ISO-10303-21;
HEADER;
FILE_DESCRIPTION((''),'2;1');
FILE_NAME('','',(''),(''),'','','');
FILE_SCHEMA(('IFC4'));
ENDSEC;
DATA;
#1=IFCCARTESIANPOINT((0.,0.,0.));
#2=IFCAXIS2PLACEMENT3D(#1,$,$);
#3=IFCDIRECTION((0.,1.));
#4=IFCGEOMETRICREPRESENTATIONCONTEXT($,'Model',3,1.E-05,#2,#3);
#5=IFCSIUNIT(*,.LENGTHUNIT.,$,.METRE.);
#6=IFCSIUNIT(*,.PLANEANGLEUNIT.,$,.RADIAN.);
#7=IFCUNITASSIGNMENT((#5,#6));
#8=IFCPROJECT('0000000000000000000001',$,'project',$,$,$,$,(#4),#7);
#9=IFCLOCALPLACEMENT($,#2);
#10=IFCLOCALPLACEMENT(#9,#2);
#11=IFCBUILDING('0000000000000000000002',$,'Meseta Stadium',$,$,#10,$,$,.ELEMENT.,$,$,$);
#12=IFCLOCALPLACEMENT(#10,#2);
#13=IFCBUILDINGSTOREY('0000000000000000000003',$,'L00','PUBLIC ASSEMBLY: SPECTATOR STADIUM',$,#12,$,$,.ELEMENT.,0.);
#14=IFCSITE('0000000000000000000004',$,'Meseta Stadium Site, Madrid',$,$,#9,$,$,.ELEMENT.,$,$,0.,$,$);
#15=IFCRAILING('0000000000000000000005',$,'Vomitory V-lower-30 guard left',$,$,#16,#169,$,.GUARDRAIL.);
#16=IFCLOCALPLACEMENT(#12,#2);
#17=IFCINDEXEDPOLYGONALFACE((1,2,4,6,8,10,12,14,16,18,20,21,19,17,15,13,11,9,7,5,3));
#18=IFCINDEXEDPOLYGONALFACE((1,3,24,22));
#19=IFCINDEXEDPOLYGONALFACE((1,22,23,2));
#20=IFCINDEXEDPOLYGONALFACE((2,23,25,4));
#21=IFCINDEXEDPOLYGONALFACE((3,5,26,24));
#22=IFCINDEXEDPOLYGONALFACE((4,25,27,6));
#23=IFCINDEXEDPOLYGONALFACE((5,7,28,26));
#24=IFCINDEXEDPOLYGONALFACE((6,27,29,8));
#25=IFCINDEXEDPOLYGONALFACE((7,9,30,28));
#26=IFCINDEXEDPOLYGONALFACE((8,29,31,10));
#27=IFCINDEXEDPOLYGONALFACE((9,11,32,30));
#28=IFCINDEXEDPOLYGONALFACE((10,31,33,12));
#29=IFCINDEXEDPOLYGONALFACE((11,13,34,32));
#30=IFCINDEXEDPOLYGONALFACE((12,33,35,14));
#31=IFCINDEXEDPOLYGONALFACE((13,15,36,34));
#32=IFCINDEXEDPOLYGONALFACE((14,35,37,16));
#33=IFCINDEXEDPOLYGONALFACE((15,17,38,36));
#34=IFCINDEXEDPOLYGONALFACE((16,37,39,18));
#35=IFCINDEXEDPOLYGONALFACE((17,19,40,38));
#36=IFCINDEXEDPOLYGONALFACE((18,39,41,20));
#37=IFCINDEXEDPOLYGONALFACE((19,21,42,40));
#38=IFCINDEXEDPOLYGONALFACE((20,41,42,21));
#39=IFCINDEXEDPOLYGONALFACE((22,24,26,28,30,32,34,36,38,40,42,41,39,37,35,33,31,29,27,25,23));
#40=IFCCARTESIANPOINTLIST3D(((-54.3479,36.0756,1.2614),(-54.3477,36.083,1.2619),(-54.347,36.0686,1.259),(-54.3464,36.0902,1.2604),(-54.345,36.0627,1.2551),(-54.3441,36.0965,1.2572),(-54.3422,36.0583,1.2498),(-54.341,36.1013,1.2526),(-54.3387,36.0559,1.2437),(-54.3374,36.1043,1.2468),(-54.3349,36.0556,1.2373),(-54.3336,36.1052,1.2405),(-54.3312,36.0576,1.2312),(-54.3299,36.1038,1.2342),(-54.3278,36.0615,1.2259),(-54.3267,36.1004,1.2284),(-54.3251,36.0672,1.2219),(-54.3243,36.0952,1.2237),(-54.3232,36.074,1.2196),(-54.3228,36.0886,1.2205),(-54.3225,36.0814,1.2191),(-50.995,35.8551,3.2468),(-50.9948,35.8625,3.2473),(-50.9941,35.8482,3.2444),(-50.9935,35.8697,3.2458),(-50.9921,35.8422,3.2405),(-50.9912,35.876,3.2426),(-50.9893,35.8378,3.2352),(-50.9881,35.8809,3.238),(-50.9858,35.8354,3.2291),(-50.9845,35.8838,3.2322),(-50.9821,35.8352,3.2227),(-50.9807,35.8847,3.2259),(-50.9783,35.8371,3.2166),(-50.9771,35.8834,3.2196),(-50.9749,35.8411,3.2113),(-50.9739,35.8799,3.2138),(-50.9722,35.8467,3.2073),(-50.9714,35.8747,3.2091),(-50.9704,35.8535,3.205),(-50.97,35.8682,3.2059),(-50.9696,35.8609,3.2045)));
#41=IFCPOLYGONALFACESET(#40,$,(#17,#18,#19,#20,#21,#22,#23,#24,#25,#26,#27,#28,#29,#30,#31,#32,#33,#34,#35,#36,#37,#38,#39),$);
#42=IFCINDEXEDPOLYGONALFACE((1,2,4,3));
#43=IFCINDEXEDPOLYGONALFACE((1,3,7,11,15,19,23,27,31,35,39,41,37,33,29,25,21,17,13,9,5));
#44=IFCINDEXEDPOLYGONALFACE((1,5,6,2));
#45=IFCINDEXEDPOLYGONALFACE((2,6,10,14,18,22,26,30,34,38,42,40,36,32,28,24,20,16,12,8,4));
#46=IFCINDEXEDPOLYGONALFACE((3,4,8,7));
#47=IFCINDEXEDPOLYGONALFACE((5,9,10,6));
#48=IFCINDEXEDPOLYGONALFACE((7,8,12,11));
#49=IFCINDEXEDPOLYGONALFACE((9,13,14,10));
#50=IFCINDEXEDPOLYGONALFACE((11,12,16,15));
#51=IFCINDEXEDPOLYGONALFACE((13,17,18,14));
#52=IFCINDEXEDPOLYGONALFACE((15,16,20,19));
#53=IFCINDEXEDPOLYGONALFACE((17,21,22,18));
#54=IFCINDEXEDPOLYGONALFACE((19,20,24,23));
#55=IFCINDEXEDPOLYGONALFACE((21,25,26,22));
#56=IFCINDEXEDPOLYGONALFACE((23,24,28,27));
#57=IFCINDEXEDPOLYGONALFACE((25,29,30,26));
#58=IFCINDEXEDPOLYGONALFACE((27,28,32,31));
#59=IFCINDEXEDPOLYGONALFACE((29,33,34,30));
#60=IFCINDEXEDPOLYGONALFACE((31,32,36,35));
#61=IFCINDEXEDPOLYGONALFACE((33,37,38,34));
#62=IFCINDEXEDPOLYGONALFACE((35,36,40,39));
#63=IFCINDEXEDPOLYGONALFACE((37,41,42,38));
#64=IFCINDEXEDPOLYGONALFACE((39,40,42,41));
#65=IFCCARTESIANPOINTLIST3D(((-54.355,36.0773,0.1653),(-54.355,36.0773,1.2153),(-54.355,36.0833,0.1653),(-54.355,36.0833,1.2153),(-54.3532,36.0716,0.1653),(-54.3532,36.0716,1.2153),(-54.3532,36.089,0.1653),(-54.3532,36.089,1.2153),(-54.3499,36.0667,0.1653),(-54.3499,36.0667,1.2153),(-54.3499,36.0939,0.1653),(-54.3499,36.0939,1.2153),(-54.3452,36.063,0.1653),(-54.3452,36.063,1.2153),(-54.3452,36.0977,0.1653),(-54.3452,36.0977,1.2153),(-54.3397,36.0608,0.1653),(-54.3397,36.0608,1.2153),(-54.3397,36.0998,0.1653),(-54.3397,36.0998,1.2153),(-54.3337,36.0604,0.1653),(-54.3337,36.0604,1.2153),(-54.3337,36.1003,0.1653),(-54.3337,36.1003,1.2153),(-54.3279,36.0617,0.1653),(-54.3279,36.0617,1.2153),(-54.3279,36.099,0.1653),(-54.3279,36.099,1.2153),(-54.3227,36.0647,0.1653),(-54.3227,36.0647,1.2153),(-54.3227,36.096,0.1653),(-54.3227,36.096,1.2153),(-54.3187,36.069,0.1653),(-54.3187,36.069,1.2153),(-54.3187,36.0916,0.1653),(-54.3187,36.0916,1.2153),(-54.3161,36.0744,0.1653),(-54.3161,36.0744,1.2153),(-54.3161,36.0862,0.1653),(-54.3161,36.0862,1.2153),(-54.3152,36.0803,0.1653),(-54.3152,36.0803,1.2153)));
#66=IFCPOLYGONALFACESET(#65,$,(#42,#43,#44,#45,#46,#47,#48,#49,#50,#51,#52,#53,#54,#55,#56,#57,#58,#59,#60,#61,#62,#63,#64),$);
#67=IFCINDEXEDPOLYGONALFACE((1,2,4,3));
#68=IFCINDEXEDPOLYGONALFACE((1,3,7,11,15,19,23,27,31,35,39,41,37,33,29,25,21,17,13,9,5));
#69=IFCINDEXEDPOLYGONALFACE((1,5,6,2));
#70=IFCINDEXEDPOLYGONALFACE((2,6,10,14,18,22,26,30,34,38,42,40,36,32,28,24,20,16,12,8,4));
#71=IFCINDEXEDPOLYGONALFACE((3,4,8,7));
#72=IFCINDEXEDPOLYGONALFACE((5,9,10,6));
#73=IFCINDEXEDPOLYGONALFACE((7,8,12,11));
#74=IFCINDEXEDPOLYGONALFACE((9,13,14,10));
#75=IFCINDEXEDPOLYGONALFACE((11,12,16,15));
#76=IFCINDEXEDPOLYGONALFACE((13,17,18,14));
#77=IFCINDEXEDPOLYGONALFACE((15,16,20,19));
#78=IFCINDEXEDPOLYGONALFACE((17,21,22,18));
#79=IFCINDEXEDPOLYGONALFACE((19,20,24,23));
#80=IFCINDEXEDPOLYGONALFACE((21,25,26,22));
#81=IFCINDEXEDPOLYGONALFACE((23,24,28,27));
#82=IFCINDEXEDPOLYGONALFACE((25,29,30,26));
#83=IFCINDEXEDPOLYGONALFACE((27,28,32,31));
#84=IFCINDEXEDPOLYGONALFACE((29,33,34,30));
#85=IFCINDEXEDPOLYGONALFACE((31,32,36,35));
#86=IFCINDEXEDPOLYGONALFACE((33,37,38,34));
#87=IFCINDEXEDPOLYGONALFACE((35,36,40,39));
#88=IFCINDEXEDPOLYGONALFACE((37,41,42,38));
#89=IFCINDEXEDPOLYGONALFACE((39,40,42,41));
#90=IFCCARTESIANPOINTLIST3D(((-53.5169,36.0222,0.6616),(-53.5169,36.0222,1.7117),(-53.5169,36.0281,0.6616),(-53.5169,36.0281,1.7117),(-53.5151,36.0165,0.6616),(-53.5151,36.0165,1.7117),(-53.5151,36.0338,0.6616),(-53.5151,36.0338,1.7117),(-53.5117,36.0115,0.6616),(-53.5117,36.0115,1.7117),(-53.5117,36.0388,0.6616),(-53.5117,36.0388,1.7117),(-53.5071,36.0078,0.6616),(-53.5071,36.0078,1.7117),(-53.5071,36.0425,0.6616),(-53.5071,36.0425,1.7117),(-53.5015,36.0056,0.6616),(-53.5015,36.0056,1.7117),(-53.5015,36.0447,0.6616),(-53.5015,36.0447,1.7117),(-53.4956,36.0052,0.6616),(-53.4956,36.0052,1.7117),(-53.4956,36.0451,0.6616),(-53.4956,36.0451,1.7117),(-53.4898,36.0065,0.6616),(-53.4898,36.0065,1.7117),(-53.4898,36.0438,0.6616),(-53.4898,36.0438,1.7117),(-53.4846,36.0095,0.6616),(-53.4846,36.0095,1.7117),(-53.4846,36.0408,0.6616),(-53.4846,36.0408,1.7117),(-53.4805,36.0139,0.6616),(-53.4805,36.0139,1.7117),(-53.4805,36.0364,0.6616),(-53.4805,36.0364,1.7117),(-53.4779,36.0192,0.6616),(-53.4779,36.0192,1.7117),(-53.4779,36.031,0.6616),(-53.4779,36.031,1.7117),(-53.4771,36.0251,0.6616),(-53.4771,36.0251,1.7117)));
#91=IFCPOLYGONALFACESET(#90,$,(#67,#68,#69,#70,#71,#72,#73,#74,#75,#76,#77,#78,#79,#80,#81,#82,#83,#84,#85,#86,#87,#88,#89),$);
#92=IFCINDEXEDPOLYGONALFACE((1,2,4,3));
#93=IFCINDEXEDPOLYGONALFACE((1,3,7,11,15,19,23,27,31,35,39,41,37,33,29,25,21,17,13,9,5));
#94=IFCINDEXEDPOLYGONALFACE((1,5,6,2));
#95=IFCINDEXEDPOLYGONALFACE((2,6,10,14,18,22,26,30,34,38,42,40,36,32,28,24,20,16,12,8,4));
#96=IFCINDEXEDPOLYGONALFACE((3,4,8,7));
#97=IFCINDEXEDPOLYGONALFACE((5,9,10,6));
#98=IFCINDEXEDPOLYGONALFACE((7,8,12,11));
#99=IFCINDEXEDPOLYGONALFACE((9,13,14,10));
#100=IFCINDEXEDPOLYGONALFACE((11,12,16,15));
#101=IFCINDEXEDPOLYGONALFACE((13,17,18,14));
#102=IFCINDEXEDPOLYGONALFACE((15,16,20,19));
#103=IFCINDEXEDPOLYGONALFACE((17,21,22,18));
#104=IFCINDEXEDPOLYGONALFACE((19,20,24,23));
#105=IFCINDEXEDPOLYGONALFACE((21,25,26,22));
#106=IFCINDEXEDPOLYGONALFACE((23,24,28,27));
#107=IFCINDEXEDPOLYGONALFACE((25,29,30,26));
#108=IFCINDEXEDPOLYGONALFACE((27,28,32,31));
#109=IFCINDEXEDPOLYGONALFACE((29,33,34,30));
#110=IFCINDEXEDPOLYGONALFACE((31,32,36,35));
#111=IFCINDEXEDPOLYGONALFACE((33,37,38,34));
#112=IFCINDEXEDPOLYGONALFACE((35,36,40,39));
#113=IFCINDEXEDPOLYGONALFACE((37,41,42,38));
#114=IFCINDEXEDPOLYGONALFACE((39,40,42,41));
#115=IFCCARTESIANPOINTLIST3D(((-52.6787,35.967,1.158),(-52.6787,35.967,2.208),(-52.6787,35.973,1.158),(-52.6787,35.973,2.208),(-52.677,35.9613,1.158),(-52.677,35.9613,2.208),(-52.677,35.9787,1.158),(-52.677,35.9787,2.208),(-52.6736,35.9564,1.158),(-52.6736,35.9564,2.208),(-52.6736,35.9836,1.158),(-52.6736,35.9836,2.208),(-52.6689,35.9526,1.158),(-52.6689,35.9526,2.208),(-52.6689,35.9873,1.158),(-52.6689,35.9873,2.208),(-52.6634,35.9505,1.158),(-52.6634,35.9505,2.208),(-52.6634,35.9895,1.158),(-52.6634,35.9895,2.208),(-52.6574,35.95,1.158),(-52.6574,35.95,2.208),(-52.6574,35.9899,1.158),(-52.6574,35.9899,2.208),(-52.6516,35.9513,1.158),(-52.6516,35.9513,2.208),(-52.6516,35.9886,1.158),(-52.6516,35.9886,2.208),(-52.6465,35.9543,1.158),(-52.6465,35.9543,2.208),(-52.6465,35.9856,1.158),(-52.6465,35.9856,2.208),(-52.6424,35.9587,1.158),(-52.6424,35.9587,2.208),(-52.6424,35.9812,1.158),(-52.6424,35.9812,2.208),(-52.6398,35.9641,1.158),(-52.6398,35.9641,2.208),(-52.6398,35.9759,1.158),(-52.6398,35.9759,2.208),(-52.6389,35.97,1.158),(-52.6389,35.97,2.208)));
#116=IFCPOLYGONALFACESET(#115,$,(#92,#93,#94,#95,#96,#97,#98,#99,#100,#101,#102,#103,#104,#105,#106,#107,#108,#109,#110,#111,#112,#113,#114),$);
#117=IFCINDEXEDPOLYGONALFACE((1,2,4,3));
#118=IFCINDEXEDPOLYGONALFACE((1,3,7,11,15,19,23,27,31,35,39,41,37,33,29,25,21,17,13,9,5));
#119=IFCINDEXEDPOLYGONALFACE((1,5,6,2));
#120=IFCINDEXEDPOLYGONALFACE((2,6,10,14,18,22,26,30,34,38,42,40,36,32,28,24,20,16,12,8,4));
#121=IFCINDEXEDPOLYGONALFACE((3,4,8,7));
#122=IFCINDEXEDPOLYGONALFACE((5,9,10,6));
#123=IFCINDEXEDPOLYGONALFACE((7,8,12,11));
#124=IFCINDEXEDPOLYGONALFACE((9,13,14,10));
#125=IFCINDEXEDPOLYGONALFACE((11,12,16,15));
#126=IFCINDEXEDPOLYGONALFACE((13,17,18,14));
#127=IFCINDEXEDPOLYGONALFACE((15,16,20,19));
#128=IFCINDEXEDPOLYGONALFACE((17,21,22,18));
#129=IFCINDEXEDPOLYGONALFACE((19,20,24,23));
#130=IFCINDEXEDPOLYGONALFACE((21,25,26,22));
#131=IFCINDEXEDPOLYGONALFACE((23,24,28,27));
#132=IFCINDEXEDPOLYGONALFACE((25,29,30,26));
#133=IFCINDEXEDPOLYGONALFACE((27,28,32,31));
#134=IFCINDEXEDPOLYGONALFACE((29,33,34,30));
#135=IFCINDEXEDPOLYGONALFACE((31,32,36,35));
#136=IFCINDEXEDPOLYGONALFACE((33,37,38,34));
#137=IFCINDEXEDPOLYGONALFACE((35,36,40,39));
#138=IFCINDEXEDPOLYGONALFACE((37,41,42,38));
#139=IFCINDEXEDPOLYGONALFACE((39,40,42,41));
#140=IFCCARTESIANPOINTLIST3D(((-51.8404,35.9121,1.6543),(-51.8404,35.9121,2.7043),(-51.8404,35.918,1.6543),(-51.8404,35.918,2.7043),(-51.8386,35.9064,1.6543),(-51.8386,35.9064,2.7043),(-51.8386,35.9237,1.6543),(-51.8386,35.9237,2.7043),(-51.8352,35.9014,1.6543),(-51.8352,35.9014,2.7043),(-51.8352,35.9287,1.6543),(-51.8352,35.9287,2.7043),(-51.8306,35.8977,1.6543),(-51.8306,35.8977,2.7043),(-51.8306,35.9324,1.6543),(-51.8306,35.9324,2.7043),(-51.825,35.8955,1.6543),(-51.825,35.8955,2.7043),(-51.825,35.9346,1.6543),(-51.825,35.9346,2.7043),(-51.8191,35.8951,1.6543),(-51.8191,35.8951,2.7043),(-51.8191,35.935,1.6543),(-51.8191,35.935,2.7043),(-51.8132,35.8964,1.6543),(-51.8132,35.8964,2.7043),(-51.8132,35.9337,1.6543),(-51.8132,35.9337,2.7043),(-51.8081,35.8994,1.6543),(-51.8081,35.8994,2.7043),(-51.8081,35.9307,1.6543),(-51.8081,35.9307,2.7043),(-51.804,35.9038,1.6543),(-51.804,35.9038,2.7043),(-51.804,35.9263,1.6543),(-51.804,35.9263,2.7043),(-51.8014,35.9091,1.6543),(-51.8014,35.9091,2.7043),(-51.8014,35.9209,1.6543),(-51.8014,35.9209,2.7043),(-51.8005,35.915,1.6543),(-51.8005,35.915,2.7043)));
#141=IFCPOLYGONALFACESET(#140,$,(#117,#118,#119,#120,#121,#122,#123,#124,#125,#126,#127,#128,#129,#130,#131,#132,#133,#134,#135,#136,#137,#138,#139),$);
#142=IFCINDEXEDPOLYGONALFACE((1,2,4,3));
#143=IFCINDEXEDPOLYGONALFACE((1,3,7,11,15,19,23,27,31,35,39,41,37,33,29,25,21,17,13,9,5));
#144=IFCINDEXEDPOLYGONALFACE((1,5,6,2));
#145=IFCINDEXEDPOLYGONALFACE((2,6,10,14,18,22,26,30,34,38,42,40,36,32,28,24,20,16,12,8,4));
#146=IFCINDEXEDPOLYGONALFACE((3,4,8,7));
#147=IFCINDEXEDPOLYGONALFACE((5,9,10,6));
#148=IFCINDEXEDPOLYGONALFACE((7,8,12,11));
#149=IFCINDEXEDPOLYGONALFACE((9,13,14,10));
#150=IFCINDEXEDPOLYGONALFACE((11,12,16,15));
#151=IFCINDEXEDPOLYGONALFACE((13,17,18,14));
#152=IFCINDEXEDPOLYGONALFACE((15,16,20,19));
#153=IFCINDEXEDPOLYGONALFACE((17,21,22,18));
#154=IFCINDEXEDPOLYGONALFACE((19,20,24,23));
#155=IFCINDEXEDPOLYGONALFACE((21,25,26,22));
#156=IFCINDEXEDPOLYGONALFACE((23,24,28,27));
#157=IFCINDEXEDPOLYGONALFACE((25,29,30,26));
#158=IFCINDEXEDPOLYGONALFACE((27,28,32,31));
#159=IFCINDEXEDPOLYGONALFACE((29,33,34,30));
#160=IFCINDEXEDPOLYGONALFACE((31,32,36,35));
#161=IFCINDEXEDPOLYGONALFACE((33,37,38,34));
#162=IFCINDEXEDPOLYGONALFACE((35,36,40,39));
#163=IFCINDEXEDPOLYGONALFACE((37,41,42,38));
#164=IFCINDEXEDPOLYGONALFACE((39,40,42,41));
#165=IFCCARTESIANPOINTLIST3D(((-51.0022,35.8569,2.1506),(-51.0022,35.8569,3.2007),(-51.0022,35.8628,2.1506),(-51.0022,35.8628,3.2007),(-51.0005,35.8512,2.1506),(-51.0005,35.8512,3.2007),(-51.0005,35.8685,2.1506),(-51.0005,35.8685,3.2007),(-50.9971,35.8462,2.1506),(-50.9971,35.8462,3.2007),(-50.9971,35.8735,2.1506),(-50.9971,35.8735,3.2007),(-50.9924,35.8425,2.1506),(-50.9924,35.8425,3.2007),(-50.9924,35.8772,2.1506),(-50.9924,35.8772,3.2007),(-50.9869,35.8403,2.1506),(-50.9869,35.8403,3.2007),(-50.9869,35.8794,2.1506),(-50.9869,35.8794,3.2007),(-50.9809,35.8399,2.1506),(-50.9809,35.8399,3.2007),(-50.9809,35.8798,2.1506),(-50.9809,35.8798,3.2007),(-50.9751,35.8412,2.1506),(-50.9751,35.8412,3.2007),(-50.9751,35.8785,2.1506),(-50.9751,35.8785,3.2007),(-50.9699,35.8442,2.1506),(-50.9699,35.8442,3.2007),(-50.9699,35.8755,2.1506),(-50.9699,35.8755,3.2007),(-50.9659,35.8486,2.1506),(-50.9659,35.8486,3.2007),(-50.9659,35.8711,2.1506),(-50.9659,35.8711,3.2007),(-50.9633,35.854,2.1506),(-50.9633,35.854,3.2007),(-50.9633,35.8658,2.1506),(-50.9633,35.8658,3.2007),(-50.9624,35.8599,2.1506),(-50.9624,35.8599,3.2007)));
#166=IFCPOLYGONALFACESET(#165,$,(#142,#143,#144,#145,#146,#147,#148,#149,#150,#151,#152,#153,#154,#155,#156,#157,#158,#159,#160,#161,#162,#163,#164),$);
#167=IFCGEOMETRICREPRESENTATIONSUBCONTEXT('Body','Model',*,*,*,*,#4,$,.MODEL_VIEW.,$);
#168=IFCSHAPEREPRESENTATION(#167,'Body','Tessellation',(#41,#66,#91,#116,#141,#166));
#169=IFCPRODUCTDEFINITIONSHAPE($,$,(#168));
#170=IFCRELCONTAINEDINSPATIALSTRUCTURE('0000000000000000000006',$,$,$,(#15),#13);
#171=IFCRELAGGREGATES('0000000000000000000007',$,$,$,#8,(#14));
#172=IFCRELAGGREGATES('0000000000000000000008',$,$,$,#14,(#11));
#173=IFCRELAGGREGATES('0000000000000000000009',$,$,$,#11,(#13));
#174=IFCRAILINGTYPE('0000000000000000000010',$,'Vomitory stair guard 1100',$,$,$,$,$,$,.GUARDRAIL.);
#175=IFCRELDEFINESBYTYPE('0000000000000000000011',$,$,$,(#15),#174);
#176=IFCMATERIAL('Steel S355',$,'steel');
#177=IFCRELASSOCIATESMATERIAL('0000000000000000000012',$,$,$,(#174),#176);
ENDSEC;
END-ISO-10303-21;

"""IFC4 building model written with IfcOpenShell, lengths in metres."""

from ifc_helpers import new_model, si_unit, direction, frame, origin, origin_2d, place, context, subcontext, project, spatial, circle, extrude, material, type_object, element, save


model = new_model("IFC4")

# Units and contexts
model_context = context("Model", 3, precision=1e-05, world=origin(), true_north=direction((0.0, 1.0)))
body_context = subcontext(model_context, "Body", "Model", "MODEL_VIEW")
ifc_project = project(units=[si_unit("LENGTHUNIT", "METRE"), si_unit("PLANEANGLEUNIT", "RADIAN")], contexts=[model_context])

# Site, building, storey
site_placement = place(None, origin())
site = spatial("IfcSite", under=ifc_project, at=site_placement, Name="Meseta Stadium Site, Madrid", CompositionType="ELEMENT", RefElevation=0.0)
building_placement = place(site_placement, origin())
building = spatial("IfcBuilding", under=site, at=building_placement, Name="Meseta Stadium", CompositionType="ELEMENT")
storey_placement = place(building_placement, origin())
storey = spatial("IfcBuildingStorey", under=building, at=storey_placement, Name="L00", Description="PUBLIC ASSEMBLY: SPECTATOR STADIUM", CompositionType="ELEMENT", Elevation=0.0)

# Railing
ifc_material_1 = material(Name="Steel S355", Category="steel")
railing_type_1 = type_object("IfcRailingType", Name="Vomitory stair guard 1100", PredefinedType="GUARDRAIL", material=ifc_material_1)
for number, where, name in (
    (1, (-54.3352, 36.0803, 0.1653), "Vomitory V-lower-30 guard left"),
):
    element("IfcRailing", number, at=place(storey_placement, frame(where)), inside=storey, type_object=railing_type_1, Name=name, PredefinedType="GUARDRAIL", context=body_context, shape_type="SweptSolid", body=[
        extrude(circle(Radius=0.0249, at=origin_2d()), frame((0.0, 0.0, 1.0752), z_axis=(0.859084, -0.056488, 0.508707), x_axis=(0.065612, 0.997845, 0.0)), (0.0, 0.0, 1.0), 3.9028),
        extrude(circle(Radius=0.02, at=origin_2d()), origin(), (0.0, 0.0, 1.0), 1.05),
        extrude(circle(Radius=0.02, at=origin_2d()), frame((0.8381, -0.0552, 0.4963)), (0.0, 0.0, 1.0), 1.05),
        extrude(circle(Radius=0.02, at=origin_2d()), frame((1.6763, -0.1104, 0.9927)), (0.0, 0.0, 1.0), 1.05),
        extrude(circle(Radius=0.02, at=origin_2d()), frame((2.5146, -0.1653, 1.489)), (0.0, 0.0, 1.0), 1.05),
        extrude(circle(Radius=0.02, at=origin_2d()), frame((3.3528, -0.2205, 1.9854)), (0.0, 0.0, 1.0), 1.05),
    ])

save(model, "model.ifc")
